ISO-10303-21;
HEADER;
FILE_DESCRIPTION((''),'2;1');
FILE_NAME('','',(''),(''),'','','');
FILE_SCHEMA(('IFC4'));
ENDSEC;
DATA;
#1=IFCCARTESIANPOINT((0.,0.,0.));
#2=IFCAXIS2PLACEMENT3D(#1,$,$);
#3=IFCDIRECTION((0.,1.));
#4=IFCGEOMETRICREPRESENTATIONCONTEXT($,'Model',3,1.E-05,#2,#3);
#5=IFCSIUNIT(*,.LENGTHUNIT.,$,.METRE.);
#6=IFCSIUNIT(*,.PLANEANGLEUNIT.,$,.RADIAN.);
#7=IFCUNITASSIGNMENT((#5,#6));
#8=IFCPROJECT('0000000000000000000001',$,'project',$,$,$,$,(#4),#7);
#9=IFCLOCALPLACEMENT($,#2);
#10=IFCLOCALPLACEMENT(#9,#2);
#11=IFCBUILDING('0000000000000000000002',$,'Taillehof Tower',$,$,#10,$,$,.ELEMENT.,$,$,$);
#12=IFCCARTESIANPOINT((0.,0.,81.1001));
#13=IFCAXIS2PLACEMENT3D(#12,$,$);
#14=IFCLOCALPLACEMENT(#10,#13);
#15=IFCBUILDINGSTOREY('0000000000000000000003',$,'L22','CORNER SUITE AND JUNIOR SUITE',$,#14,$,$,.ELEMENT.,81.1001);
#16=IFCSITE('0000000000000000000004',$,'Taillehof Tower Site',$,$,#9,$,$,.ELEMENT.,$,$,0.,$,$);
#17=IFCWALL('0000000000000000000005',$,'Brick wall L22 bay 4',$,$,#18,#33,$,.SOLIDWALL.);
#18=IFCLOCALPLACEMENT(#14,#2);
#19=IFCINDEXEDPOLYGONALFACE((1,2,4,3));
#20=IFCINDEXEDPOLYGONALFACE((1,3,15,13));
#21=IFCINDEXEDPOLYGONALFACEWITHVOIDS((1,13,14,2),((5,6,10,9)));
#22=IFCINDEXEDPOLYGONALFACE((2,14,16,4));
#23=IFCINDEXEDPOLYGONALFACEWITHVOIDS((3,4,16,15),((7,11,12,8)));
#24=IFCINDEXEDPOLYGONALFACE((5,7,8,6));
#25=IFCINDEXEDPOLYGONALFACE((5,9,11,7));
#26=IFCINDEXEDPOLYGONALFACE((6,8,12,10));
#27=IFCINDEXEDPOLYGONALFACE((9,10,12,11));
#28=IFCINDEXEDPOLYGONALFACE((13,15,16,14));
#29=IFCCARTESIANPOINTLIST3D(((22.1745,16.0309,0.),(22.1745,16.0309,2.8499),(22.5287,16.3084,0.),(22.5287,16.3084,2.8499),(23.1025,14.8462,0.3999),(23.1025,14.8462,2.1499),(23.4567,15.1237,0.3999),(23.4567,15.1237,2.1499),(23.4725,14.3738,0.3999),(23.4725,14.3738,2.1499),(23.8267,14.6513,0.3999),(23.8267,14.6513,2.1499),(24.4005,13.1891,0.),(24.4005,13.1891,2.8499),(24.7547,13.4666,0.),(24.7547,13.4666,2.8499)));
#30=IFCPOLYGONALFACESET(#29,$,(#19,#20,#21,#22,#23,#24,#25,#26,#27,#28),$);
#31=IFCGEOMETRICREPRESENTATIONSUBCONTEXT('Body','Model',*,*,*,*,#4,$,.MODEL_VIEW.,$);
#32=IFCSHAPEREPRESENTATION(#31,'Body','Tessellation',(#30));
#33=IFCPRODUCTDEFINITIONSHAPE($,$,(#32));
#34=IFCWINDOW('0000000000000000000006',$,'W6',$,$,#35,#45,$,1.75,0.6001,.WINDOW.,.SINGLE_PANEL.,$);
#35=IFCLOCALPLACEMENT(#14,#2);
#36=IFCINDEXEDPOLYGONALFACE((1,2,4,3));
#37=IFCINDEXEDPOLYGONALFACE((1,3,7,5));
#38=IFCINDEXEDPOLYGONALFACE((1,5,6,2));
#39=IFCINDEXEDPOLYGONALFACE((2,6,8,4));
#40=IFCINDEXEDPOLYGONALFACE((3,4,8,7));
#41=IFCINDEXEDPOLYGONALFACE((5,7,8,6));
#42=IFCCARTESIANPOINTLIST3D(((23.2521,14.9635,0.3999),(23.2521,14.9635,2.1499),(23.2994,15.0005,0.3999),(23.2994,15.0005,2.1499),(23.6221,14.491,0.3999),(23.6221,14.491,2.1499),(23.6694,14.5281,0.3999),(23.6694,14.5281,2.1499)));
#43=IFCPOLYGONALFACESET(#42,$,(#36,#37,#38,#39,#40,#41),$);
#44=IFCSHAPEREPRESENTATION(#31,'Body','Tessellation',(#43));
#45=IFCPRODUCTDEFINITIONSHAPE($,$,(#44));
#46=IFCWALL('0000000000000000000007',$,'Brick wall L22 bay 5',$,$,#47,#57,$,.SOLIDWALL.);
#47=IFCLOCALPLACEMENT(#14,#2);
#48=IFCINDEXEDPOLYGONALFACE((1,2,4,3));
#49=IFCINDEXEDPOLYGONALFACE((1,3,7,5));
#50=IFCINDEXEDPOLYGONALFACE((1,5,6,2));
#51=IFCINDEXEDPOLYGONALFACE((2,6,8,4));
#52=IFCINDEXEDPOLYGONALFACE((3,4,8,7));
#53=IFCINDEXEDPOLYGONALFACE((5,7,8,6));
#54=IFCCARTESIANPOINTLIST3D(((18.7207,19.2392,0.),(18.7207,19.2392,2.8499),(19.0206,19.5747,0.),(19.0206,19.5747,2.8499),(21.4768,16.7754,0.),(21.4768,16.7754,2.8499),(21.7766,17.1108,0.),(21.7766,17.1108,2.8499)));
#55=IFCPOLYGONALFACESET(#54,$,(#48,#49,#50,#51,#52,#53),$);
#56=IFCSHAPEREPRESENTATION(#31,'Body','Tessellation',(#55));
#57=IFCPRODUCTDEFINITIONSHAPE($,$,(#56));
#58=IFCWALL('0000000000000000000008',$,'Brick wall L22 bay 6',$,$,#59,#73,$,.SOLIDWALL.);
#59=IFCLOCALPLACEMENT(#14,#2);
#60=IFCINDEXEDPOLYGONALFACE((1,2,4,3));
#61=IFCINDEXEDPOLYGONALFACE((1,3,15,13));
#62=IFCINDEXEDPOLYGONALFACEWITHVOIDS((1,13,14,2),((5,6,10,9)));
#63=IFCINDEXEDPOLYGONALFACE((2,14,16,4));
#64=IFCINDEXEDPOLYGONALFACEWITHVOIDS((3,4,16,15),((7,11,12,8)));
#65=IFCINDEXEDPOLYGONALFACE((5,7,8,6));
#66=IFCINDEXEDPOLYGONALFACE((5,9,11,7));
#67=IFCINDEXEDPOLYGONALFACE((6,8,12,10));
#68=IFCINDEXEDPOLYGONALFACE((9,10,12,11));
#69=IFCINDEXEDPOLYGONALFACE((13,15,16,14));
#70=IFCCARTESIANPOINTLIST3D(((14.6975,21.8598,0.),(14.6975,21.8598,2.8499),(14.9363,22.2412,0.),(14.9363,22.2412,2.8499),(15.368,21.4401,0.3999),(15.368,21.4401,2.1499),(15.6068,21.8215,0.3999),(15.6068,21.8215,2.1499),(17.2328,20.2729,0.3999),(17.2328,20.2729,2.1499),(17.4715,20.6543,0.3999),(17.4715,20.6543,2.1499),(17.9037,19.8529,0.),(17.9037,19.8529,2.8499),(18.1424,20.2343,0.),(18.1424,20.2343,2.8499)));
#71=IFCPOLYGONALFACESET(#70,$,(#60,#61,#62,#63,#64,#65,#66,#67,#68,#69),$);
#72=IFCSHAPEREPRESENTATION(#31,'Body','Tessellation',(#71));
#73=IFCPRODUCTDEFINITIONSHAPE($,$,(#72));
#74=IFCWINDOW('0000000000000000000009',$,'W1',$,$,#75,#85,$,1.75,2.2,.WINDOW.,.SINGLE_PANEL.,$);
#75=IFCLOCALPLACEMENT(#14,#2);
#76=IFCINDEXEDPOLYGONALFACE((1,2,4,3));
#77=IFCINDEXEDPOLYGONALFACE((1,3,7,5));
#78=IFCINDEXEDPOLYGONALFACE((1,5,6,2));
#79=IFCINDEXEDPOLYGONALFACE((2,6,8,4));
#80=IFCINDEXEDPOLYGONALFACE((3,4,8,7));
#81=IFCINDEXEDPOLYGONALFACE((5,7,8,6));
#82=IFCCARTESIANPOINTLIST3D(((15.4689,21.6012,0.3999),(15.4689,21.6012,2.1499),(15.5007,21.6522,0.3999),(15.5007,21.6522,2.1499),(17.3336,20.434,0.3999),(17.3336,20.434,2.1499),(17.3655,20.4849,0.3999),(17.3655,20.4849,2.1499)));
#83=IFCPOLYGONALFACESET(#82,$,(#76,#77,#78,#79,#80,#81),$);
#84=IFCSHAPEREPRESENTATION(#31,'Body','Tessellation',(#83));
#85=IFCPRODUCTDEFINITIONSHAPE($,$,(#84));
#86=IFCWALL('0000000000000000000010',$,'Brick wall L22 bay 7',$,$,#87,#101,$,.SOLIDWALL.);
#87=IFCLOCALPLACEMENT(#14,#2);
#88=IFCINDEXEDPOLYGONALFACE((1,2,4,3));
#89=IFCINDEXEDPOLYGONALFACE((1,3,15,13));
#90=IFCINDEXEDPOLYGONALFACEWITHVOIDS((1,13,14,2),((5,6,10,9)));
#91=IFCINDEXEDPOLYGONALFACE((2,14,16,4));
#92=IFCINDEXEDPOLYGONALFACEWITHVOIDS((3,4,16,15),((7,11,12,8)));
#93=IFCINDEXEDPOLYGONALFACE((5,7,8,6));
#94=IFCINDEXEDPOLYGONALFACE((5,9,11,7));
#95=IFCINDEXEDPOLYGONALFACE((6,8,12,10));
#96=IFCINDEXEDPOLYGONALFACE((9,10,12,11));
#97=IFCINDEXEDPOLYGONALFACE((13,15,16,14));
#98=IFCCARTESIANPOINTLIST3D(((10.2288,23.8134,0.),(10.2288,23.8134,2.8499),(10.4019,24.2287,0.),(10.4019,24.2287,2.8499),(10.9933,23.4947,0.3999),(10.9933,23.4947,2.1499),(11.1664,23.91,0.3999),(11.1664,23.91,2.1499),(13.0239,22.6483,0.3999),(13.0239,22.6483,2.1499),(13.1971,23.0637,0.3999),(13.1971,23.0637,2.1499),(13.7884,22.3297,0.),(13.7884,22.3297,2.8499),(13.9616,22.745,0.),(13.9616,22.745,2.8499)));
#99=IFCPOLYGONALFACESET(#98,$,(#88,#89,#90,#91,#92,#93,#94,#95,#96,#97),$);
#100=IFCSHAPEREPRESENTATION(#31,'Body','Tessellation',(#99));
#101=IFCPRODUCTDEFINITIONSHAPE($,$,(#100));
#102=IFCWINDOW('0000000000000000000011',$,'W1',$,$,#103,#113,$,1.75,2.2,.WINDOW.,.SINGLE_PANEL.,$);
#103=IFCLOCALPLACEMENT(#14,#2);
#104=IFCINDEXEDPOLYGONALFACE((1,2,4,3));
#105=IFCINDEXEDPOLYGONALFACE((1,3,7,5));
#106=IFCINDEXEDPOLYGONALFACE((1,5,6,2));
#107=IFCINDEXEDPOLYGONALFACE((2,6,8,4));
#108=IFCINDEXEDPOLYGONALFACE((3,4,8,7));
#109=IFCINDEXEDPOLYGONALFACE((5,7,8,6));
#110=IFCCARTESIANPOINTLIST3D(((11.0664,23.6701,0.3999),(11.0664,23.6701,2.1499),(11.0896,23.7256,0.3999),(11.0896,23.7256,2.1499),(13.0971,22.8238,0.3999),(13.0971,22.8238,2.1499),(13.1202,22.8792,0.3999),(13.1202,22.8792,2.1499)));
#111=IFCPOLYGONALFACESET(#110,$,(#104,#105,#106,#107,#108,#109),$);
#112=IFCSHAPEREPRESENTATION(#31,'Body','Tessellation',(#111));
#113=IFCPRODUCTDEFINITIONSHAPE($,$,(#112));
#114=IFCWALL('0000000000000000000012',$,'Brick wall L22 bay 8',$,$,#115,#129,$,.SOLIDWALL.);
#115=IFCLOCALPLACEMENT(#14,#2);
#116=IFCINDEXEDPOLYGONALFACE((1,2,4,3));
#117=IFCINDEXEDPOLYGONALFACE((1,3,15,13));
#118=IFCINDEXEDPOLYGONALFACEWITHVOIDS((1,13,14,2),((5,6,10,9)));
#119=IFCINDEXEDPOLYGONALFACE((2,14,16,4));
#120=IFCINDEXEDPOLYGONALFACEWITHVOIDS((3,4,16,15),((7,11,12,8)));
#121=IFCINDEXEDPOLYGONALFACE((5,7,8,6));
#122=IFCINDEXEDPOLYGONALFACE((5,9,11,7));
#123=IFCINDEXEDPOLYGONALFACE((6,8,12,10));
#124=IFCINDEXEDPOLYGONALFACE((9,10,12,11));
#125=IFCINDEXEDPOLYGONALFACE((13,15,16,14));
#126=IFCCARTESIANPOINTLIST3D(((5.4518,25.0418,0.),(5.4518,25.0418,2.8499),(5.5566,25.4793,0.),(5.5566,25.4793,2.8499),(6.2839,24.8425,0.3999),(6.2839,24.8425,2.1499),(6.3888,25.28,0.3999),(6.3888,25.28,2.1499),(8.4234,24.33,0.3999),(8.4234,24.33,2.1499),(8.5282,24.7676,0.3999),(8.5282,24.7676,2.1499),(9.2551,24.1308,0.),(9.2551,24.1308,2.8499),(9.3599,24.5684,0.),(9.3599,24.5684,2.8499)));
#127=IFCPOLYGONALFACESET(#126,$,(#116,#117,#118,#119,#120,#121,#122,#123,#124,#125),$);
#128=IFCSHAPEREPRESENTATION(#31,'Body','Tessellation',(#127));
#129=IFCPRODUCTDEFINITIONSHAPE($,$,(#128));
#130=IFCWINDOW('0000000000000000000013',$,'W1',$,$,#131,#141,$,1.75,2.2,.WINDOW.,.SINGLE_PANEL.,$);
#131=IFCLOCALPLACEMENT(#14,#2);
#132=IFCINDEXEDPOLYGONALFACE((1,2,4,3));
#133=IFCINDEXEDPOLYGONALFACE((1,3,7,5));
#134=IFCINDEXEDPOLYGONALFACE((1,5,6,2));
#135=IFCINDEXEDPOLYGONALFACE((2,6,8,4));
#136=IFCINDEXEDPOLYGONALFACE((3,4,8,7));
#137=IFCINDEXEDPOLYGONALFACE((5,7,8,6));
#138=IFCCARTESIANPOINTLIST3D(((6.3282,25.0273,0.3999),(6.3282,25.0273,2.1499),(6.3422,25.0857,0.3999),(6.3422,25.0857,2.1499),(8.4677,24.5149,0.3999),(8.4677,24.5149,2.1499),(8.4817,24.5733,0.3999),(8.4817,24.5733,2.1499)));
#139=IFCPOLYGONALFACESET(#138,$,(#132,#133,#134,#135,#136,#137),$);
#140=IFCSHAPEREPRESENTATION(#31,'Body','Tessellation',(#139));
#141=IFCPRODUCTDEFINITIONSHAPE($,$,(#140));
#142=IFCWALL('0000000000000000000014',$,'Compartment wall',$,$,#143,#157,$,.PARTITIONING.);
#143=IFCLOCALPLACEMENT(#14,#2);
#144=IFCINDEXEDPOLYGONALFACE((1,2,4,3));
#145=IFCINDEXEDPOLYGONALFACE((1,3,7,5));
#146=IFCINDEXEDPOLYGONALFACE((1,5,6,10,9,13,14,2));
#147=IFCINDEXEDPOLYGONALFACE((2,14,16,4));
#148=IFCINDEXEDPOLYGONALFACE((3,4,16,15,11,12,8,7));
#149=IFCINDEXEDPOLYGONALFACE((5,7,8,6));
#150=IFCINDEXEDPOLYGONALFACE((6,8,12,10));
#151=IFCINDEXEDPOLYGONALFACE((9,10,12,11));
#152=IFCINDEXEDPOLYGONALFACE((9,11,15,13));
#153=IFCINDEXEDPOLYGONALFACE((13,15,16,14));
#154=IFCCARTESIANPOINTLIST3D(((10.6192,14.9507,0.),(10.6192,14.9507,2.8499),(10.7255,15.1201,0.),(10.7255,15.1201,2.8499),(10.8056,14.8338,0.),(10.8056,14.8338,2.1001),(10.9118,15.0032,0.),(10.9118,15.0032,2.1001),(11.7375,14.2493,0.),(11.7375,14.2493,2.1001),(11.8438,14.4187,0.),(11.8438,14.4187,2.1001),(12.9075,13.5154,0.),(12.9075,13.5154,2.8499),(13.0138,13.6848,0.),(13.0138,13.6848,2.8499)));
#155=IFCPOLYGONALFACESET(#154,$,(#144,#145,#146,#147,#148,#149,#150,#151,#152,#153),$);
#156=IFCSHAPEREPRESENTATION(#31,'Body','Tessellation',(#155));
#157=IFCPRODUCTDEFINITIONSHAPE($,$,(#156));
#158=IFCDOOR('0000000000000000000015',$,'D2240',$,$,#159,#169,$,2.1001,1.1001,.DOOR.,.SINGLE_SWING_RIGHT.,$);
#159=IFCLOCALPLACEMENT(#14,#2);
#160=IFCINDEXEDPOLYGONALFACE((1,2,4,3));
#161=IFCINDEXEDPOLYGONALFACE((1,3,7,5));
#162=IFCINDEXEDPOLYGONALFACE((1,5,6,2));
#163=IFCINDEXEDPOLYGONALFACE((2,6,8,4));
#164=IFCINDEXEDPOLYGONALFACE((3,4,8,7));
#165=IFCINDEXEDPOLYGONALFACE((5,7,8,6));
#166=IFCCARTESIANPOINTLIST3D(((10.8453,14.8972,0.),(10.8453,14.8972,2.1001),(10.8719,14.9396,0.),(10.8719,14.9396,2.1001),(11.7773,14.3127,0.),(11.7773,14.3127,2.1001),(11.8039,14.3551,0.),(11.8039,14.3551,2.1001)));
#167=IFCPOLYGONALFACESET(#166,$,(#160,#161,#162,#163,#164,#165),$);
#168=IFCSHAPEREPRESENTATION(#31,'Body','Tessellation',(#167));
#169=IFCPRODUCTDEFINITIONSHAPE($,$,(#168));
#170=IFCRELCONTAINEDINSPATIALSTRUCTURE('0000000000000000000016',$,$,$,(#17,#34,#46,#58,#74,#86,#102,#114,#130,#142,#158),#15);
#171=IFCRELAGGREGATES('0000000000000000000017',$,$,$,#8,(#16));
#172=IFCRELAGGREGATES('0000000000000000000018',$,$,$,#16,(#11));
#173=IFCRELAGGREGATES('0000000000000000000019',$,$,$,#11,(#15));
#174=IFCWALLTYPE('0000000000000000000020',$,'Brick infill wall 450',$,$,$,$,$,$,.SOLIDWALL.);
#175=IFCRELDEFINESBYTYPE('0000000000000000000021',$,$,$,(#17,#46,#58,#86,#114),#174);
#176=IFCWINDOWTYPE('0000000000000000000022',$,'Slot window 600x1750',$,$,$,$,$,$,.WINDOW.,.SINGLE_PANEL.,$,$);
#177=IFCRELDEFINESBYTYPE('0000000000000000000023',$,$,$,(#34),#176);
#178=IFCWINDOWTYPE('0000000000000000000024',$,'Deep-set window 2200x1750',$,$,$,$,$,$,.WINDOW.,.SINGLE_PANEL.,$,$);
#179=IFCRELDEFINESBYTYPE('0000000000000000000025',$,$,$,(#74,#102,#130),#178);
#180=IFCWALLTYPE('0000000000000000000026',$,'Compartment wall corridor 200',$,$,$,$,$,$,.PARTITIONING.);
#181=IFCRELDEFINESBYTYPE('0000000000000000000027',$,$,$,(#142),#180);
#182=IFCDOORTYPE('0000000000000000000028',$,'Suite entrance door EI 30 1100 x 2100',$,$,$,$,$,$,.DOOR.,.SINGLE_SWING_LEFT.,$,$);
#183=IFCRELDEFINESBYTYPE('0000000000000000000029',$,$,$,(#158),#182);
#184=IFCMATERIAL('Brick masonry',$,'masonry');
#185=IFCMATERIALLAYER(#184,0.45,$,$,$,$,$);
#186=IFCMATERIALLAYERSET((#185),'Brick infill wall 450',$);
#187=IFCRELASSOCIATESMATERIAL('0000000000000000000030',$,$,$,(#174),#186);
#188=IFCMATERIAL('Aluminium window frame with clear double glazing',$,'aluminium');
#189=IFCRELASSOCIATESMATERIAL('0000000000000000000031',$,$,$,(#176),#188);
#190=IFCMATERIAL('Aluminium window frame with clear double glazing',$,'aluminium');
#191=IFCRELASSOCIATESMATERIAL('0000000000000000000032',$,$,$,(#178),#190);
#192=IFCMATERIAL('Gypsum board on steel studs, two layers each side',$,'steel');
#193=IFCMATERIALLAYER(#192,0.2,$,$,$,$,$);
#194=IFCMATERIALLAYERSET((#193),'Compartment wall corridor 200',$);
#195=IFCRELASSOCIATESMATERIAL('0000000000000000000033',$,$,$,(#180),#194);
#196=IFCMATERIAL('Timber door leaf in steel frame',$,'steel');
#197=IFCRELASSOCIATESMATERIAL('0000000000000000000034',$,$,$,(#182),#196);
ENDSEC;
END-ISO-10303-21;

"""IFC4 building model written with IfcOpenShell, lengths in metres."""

from ifc_helpers import new_model, si_unit, direction, frame, frame_2d, origin, place, context, subcontext, project, spatial, rectangle, extrude, material, layer, layer_set, type_object, element, fill, save


model = new_model("IFC4")

# Units and contexts
model_context = context("Model", 3, precision=1e-05, world=origin(), true_north=direction((0.0, 1.0)))
body_context = subcontext(model_context, "Body", "Model", "MODEL_VIEW")
ifc_project = project(units=[si_unit("LENGTHUNIT", "METRE"), si_unit("PLANEANGLEUNIT", "RADIAN")], contexts=[model_context])

# Site, building, storey
site_placement = place(None, origin())
site = spatial("IfcSite", under=ifc_project, at=site_placement, Name="Taillehof Tower Site", CompositionType="ELEMENT", RefElevation=0.0)
building_placement = place(site_placement, origin())
building = spatial("IfcBuilding", under=site, at=building_placement, Name="Taillehof Tower", CompositionType="ELEMENT")
storey_placement = place(building_placement, frame((0.0, 0.0, 81.1001)))
storey = spatial("IfcBuildingStorey", under=building, at=storey_placement, Name="L22", Description="CORNER SUITE AND JUNIOR SUITE", CompositionType="ELEMENT", Elevation=81.1001)

# Wall, opening, window
ifc_material_1 = material(Name="Brick masonry", Category="masonry")
ifc_layer_1 = layer(ifc_material_1, 0.45)
ifc_layer_set_1 = layer_set([ifc_layer_1], Name="Brick infill wall 450")
wall_type_1 = type_object("IfcWallType", Name="Brick infill wall 450", PredefinedType="SOLIDWALL", material=ifc_layer_set_1)
wall_1_placement = place(storey_placement, frame((24.5776, 13.3279, 0.0), z_axis=(0.0, 0.0, 1.0), x_axis=(-0.616662, 0.787228, 0.0)))
wall_1 = element("IfcWall", 1, at=wall_1_placement, inside=storey, type_object=wall_type_1, Name="Brick wall L22 bay 4", PredefinedType="SOLIDWALL", context=body_context, shape_type="SweptSolid", body=[
    extrude(rectangle(XDim=3.6099, YDim=0.45, at=frame_2d((1.8049, 0.0))), origin(), (0.0, 0.0, 1.0), 2.8499),
])
opening_1_placement = place(wall_1_placement, frame((1.5049, 0.0, 0.3999)))
opening_1 = element("IfcOpeningElement", 2, at=opening_1_placement, cuts=wall_1, PredefinedType="OPENING", context=body_context, shape_type="SweptSolid", body=[
    extrude(rectangle(XDim=0.6001, YDim=1.75, at=frame_2d((0.3, 0.875))), frame((0.0, 0.2349, 0.0), z_axis=(0.0, -1.0, 0.0), x_axis=(1.0, 0.0, 0.0)), (0.0, 0.0, 1.0), 0.47),
])
ifc_material_2 = material(Name="Aluminium window frame with clear double glazing", Category="aluminium")
window_type_1 = type_object("IfcWindowType", Name="Slot window 600x1750", PartitioningType="SINGLE_PANEL", PredefinedType="WINDOW", material=ifc_material_2)
window_1_placement = place(opening_1_placement, origin())
window_1 = element("IfcWindow", 3, at=window_1_placement, inside=storey, type_object=window_type_1, Name="W6", OverallHeight=1.75, OverallWidth=0.6001, PartitioningType="SINGLE_PANEL", PredefinedType="WINDOW", context=body_context, shape_type="SweptSolid", body=[
    extrude(rectangle(XDim=0.6001, YDim=1.75, at=frame_2d((0.3, 0.875))), frame((0.0, 0.0349, 0.0), z_axis=(0.0, -1.0, 0.0), x_axis=(1.0, 0.0, 0.0)), (0.0, 0.0, 1.0), 0.0601),
])
fill(opening_1, window_1)

# Wall
wall_2_placement = place(storey_placement, frame((21.6267, 16.9431, 0.0), z_axis=(0.0, 0.0, 1.0), x_axis=(-0.745526, 0.666476, 0.0)))
element("IfcWall", 4, at=wall_2_placement, inside=storey, type_object=wall_type_1, Name="Brick wall L22 bay 5", PredefinedType="SOLIDWALL", context=body_context, shape_type="SweptSolid", body=[
    extrude(rectangle(XDim=3.6968, YDim=0.45, at=frame_2d((1.8484, 0.0))), origin(), (0.0, 0.0, 1.0), 2.8499),
])

# Walls, openings, windows
wall_3_placement = place(storey_placement, frame((18.0229, 20.0437, 0.0), z_axis=(0.0, 0.0, 1.0), x_axis=(-0.847635, 0.530579, 0.0)))
wall_3 = element("IfcWall", 5, at=wall_3_placement, inside=storey, type_object=wall_type_1, Name="Brick wall L22 bay 6", PredefinedType="SOLIDWALL", context=body_context, shape_type="SweptSolid", body=[
    extrude(rectangle(XDim=3.7825, YDim=0.45, at=frame_2d((1.8911, 0.0))), origin(), (0.0, 0.0, 1.0), 2.8499),
])
opening_2_placement = place(wall_3_placement, frame((0.7913, 0.0, 0.3999)))
opening_2 = element("IfcOpeningElement", 6, at=opening_2_placement, cuts=wall_3, PredefinedType="OPENING", context=body_context, shape_type="SweptSolid", body=[
    extrude(rectangle(XDim=2.2, YDim=1.75, at=frame_2d((1.1001, 0.875))), frame((0.0, 0.2349, 0.0), z_axis=(0.0, -1.0, 0.0), x_axis=(1.0, 0.0, 0.0)), (0.0, 0.0, 1.0), 0.47),
])
ifc_material_3 = material(Name="Aluminium window frame with clear double glazing", Category="aluminium")
window_type_2 = type_object("IfcWindowType", Name="Deep-set window 2200x1750", PartitioningType="SINGLE_PANEL", PredefinedType="WINDOW", material=ifc_material_3)
window_2_placement = place(opening_2_placement, origin())
window_2 = element("IfcWindow", 7, at=window_2_placement, inside=storey, type_object=window_type_2, Name="W1", OverallHeight=1.75, OverallWidth=2.2, PartitioningType="SINGLE_PANEL", PredefinedType="WINDOW", context=body_context, shape_type="SweptSolid", body=[
    extrude(rectangle(XDim=2.2, YDim=1.75, at=frame_2d((1.1001, 0.875))), frame((0.0, 0.0349, 0.0), z_axis=(0.0, -1.0, 0.0), x_axis=(1.0, 0.0, 0.0)), (0.0, 0.0, 1.0), 0.0601),
])
fill(opening_2, window_2)
wall_4_placement = place(storey_placement, frame((13.875, 22.5374, 0.0), z_axis=(0.0, 0.0, 1.0), x_axis=(-0.923032, 0.384723, 0.0)))
wall_4 = element("IfcWall", 8, at=wall_4_placement, inside=storey, type_object=wall_type_1, Name="Brick wall L22 bay 7", PredefinedType="SOLIDWALL", context=body_context, shape_type="SweptSolid", body=[
    extrude(rectangle(XDim=3.8564, YDim=0.45, at=frame_2d((1.9282, 0.0))), origin(), (0.0, 0.0, 1.0), 2.8499),
])
opening_3_placement = place(wall_4_placement, frame((0.8281, 0.0, 0.3999)))
opening_3 = element("IfcOpeningElement", 9, at=opening_3_placement, cuts=wall_4, PredefinedType="OPENING", context=body_context, shape_type="SweptSolid", body=[
    extrude(rectangle(XDim=2.2, YDim=1.75, at=frame_2d((1.1001, 0.875))), frame((0.0, 0.2349, 0.0), z_axis=(0.0, -1.0, 0.0), x_axis=(1.0, 0.0, 0.0)), (0.0, 0.0, 1.0), 0.47),
])
window_3_placement = place(opening_3_placement, origin())
window_3 = element("IfcWindow", 10, at=window_3_placement, inside=storey, type_object=window_type_2, Name="W1", OverallHeight=1.75, OverallWidth=2.2, PartitioningType="SINGLE_PANEL", PredefinedType="WINDOW", context=body_context, shape_type="SweptSolid", body=[
    extrude(rectangle(XDim=2.2, YDim=1.75, at=frame_2d((1.1001, 0.875))), frame((0.0, 0.0349, 0.0), z_axis=(0.0, -1.0, 0.0), x_axis=(1.0, 0.0, 0.0)), (0.0, 0.0, 1.0), 0.0601),
])
fill(opening_3, window_3)
wall_5_placement = place(storey_placement, frame((9.3076, 24.3496, 0.0), z_axis=(0.0, 0.0, 1.0), x_axis=(-0.972497, 0.232917, 0.0)))
wall_5 = element("IfcWall", 11, at=wall_5_placement, inside=storey, type_object=wall_type_1, Name="Brick wall L22 bay 8", PredefinedType="SOLIDWALL", context=body_context, shape_type="SweptSolid", body=[
    extrude(rectangle(XDim=3.9109, YDim=0.45, at=frame_2d((1.9556, 0.0))), origin(), (0.0, 0.0, 1.0), 2.8499),
])
opening_4_placement = place(wall_5_placement, frame((0.8552, 0.0, 0.3999)))
opening_4 = element("IfcOpeningElement", 12, at=opening_4_placement, cuts=wall_5, PredefinedType="OPENING", context=body_context, shape_type="SweptSolid", body=[
    extrude(rectangle(XDim=2.2, YDim=1.75, at=frame_2d((1.1001, 0.875))), frame((0.0, 0.2349, 0.0), z_axis=(0.0, -1.0, 0.0), x_axis=(1.0, 0.0, 0.0)), (0.0, 0.0, 1.0), 0.47),
])
window_4_placement = place(opening_4_placement, origin())
window_4 = element("IfcWindow", 13, at=window_4_placement, inside=storey, type_object=window_type_2, Name="W1", OverallHeight=1.75, OverallWidth=2.2, PartitioningType="SINGLE_PANEL", PredefinedType="WINDOW", context=body_context, shape_type="SweptSolid", body=[
    extrude(rectangle(XDim=2.2, YDim=1.75, at=frame_2d((1.1001, 0.875))), frame((0.0, 0.0349, 0.0), z_axis=(0.0, -1.0, 0.0), x_axis=(1.0, 0.0, 0.0)), (0.0, 0.0, 1.0), 0.0601),
])
fill(opening_4, window_4)

# Wall, opening, door
ifc_material_4 = material(Name="Gypsum board on steel studs, two layers each side", Category="steel")
ifc_layer_2 = layer(ifc_material_4, 0.2)
ifc_layer_set_2 = layer_set([ifc_layer_2], Name="Compartment wall corridor 200")
wall_type_2 = type_object("IfcWallType", Name="Compartment wall corridor 200", PredefinedType="PARTITIONING", material=ifc_layer_set_2)
wall_6_placement = place(storey_placement, frame((10.6724, 15.0354, 0.0), z_axis=(0.0, 0.0, 1.0), x_axis=(0.847149, -0.531355, 0.0)))
wall_6 = element("IfcWall", 14, at=wall_6_placement, inside=storey, type_object=wall_type_2, Name="Compartment wall", PredefinedType="PARTITIONING", context=body_context, shape_type="SweptSolid", body=[
    extrude(rectangle(XDim=2.7012, YDim=0.2, at=frame_2d((1.3506, 0.0))), origin(), (0.0, 0.0, 1.0), 2.8499),
])
opening_5_placement = place(wall_6_placement, frame((0.22, 0.0, 0.0)))
opening_5 = element("IfcOpeningElement", 15, at=opening_5_placement, cuts=wall_6, PredefinedType="OPENING", context=body_context, shape_type="SweptSolid", body=[
    extrude(rectangle(XDim=1.1001, YDim=2.1001, at=frame_2d((0.55, 1.05))), frame((0.0, 0.1099, 0.0), z_axis=(0.0, -1.0, 0.0), x_axis=(1.0, 0.0, 0.0)), (0.0, 0.0, 1.0), 0.22),
])
ifc_material_5 = material(Name="Timber door leaf in steel frame", Category="steel")
door_type_1 = type_object("IfcDoorType", Name="Suite entrance door EI 30 1100 x 2100", OperationType="SINGLE_SWING_LEFT", PredefinedType="DOOR", material=ifc_material_5)
door_1_placement = place(opening_5_placement, origin())
door_1 = element("IfcDoor", 16, at=door_1_placement, inside=storey, type_object=door_type_1, Name="D2240", OperationType="SINGLE_SWING_RIGHT", OverallHeight=2.1001, OverallWidth=1.1001, PredefinedType="DOOR", context=body_context, shape_type="SweptSolid", body=[
    extrude(rectangle(XDim=1.1001, YDim=2.1001, at=frame_2d((0.55, 1.05))), frame((0.0, 0.0249, 0.0), z_axis=(0.0, -1.0, 0.0), x_axis=(1.0, 0.0, 0.0)), (0.0, 0.0, 1.0), 0.05),
])
fill(opening_5, door_1)

save(model, "model.ifc")
